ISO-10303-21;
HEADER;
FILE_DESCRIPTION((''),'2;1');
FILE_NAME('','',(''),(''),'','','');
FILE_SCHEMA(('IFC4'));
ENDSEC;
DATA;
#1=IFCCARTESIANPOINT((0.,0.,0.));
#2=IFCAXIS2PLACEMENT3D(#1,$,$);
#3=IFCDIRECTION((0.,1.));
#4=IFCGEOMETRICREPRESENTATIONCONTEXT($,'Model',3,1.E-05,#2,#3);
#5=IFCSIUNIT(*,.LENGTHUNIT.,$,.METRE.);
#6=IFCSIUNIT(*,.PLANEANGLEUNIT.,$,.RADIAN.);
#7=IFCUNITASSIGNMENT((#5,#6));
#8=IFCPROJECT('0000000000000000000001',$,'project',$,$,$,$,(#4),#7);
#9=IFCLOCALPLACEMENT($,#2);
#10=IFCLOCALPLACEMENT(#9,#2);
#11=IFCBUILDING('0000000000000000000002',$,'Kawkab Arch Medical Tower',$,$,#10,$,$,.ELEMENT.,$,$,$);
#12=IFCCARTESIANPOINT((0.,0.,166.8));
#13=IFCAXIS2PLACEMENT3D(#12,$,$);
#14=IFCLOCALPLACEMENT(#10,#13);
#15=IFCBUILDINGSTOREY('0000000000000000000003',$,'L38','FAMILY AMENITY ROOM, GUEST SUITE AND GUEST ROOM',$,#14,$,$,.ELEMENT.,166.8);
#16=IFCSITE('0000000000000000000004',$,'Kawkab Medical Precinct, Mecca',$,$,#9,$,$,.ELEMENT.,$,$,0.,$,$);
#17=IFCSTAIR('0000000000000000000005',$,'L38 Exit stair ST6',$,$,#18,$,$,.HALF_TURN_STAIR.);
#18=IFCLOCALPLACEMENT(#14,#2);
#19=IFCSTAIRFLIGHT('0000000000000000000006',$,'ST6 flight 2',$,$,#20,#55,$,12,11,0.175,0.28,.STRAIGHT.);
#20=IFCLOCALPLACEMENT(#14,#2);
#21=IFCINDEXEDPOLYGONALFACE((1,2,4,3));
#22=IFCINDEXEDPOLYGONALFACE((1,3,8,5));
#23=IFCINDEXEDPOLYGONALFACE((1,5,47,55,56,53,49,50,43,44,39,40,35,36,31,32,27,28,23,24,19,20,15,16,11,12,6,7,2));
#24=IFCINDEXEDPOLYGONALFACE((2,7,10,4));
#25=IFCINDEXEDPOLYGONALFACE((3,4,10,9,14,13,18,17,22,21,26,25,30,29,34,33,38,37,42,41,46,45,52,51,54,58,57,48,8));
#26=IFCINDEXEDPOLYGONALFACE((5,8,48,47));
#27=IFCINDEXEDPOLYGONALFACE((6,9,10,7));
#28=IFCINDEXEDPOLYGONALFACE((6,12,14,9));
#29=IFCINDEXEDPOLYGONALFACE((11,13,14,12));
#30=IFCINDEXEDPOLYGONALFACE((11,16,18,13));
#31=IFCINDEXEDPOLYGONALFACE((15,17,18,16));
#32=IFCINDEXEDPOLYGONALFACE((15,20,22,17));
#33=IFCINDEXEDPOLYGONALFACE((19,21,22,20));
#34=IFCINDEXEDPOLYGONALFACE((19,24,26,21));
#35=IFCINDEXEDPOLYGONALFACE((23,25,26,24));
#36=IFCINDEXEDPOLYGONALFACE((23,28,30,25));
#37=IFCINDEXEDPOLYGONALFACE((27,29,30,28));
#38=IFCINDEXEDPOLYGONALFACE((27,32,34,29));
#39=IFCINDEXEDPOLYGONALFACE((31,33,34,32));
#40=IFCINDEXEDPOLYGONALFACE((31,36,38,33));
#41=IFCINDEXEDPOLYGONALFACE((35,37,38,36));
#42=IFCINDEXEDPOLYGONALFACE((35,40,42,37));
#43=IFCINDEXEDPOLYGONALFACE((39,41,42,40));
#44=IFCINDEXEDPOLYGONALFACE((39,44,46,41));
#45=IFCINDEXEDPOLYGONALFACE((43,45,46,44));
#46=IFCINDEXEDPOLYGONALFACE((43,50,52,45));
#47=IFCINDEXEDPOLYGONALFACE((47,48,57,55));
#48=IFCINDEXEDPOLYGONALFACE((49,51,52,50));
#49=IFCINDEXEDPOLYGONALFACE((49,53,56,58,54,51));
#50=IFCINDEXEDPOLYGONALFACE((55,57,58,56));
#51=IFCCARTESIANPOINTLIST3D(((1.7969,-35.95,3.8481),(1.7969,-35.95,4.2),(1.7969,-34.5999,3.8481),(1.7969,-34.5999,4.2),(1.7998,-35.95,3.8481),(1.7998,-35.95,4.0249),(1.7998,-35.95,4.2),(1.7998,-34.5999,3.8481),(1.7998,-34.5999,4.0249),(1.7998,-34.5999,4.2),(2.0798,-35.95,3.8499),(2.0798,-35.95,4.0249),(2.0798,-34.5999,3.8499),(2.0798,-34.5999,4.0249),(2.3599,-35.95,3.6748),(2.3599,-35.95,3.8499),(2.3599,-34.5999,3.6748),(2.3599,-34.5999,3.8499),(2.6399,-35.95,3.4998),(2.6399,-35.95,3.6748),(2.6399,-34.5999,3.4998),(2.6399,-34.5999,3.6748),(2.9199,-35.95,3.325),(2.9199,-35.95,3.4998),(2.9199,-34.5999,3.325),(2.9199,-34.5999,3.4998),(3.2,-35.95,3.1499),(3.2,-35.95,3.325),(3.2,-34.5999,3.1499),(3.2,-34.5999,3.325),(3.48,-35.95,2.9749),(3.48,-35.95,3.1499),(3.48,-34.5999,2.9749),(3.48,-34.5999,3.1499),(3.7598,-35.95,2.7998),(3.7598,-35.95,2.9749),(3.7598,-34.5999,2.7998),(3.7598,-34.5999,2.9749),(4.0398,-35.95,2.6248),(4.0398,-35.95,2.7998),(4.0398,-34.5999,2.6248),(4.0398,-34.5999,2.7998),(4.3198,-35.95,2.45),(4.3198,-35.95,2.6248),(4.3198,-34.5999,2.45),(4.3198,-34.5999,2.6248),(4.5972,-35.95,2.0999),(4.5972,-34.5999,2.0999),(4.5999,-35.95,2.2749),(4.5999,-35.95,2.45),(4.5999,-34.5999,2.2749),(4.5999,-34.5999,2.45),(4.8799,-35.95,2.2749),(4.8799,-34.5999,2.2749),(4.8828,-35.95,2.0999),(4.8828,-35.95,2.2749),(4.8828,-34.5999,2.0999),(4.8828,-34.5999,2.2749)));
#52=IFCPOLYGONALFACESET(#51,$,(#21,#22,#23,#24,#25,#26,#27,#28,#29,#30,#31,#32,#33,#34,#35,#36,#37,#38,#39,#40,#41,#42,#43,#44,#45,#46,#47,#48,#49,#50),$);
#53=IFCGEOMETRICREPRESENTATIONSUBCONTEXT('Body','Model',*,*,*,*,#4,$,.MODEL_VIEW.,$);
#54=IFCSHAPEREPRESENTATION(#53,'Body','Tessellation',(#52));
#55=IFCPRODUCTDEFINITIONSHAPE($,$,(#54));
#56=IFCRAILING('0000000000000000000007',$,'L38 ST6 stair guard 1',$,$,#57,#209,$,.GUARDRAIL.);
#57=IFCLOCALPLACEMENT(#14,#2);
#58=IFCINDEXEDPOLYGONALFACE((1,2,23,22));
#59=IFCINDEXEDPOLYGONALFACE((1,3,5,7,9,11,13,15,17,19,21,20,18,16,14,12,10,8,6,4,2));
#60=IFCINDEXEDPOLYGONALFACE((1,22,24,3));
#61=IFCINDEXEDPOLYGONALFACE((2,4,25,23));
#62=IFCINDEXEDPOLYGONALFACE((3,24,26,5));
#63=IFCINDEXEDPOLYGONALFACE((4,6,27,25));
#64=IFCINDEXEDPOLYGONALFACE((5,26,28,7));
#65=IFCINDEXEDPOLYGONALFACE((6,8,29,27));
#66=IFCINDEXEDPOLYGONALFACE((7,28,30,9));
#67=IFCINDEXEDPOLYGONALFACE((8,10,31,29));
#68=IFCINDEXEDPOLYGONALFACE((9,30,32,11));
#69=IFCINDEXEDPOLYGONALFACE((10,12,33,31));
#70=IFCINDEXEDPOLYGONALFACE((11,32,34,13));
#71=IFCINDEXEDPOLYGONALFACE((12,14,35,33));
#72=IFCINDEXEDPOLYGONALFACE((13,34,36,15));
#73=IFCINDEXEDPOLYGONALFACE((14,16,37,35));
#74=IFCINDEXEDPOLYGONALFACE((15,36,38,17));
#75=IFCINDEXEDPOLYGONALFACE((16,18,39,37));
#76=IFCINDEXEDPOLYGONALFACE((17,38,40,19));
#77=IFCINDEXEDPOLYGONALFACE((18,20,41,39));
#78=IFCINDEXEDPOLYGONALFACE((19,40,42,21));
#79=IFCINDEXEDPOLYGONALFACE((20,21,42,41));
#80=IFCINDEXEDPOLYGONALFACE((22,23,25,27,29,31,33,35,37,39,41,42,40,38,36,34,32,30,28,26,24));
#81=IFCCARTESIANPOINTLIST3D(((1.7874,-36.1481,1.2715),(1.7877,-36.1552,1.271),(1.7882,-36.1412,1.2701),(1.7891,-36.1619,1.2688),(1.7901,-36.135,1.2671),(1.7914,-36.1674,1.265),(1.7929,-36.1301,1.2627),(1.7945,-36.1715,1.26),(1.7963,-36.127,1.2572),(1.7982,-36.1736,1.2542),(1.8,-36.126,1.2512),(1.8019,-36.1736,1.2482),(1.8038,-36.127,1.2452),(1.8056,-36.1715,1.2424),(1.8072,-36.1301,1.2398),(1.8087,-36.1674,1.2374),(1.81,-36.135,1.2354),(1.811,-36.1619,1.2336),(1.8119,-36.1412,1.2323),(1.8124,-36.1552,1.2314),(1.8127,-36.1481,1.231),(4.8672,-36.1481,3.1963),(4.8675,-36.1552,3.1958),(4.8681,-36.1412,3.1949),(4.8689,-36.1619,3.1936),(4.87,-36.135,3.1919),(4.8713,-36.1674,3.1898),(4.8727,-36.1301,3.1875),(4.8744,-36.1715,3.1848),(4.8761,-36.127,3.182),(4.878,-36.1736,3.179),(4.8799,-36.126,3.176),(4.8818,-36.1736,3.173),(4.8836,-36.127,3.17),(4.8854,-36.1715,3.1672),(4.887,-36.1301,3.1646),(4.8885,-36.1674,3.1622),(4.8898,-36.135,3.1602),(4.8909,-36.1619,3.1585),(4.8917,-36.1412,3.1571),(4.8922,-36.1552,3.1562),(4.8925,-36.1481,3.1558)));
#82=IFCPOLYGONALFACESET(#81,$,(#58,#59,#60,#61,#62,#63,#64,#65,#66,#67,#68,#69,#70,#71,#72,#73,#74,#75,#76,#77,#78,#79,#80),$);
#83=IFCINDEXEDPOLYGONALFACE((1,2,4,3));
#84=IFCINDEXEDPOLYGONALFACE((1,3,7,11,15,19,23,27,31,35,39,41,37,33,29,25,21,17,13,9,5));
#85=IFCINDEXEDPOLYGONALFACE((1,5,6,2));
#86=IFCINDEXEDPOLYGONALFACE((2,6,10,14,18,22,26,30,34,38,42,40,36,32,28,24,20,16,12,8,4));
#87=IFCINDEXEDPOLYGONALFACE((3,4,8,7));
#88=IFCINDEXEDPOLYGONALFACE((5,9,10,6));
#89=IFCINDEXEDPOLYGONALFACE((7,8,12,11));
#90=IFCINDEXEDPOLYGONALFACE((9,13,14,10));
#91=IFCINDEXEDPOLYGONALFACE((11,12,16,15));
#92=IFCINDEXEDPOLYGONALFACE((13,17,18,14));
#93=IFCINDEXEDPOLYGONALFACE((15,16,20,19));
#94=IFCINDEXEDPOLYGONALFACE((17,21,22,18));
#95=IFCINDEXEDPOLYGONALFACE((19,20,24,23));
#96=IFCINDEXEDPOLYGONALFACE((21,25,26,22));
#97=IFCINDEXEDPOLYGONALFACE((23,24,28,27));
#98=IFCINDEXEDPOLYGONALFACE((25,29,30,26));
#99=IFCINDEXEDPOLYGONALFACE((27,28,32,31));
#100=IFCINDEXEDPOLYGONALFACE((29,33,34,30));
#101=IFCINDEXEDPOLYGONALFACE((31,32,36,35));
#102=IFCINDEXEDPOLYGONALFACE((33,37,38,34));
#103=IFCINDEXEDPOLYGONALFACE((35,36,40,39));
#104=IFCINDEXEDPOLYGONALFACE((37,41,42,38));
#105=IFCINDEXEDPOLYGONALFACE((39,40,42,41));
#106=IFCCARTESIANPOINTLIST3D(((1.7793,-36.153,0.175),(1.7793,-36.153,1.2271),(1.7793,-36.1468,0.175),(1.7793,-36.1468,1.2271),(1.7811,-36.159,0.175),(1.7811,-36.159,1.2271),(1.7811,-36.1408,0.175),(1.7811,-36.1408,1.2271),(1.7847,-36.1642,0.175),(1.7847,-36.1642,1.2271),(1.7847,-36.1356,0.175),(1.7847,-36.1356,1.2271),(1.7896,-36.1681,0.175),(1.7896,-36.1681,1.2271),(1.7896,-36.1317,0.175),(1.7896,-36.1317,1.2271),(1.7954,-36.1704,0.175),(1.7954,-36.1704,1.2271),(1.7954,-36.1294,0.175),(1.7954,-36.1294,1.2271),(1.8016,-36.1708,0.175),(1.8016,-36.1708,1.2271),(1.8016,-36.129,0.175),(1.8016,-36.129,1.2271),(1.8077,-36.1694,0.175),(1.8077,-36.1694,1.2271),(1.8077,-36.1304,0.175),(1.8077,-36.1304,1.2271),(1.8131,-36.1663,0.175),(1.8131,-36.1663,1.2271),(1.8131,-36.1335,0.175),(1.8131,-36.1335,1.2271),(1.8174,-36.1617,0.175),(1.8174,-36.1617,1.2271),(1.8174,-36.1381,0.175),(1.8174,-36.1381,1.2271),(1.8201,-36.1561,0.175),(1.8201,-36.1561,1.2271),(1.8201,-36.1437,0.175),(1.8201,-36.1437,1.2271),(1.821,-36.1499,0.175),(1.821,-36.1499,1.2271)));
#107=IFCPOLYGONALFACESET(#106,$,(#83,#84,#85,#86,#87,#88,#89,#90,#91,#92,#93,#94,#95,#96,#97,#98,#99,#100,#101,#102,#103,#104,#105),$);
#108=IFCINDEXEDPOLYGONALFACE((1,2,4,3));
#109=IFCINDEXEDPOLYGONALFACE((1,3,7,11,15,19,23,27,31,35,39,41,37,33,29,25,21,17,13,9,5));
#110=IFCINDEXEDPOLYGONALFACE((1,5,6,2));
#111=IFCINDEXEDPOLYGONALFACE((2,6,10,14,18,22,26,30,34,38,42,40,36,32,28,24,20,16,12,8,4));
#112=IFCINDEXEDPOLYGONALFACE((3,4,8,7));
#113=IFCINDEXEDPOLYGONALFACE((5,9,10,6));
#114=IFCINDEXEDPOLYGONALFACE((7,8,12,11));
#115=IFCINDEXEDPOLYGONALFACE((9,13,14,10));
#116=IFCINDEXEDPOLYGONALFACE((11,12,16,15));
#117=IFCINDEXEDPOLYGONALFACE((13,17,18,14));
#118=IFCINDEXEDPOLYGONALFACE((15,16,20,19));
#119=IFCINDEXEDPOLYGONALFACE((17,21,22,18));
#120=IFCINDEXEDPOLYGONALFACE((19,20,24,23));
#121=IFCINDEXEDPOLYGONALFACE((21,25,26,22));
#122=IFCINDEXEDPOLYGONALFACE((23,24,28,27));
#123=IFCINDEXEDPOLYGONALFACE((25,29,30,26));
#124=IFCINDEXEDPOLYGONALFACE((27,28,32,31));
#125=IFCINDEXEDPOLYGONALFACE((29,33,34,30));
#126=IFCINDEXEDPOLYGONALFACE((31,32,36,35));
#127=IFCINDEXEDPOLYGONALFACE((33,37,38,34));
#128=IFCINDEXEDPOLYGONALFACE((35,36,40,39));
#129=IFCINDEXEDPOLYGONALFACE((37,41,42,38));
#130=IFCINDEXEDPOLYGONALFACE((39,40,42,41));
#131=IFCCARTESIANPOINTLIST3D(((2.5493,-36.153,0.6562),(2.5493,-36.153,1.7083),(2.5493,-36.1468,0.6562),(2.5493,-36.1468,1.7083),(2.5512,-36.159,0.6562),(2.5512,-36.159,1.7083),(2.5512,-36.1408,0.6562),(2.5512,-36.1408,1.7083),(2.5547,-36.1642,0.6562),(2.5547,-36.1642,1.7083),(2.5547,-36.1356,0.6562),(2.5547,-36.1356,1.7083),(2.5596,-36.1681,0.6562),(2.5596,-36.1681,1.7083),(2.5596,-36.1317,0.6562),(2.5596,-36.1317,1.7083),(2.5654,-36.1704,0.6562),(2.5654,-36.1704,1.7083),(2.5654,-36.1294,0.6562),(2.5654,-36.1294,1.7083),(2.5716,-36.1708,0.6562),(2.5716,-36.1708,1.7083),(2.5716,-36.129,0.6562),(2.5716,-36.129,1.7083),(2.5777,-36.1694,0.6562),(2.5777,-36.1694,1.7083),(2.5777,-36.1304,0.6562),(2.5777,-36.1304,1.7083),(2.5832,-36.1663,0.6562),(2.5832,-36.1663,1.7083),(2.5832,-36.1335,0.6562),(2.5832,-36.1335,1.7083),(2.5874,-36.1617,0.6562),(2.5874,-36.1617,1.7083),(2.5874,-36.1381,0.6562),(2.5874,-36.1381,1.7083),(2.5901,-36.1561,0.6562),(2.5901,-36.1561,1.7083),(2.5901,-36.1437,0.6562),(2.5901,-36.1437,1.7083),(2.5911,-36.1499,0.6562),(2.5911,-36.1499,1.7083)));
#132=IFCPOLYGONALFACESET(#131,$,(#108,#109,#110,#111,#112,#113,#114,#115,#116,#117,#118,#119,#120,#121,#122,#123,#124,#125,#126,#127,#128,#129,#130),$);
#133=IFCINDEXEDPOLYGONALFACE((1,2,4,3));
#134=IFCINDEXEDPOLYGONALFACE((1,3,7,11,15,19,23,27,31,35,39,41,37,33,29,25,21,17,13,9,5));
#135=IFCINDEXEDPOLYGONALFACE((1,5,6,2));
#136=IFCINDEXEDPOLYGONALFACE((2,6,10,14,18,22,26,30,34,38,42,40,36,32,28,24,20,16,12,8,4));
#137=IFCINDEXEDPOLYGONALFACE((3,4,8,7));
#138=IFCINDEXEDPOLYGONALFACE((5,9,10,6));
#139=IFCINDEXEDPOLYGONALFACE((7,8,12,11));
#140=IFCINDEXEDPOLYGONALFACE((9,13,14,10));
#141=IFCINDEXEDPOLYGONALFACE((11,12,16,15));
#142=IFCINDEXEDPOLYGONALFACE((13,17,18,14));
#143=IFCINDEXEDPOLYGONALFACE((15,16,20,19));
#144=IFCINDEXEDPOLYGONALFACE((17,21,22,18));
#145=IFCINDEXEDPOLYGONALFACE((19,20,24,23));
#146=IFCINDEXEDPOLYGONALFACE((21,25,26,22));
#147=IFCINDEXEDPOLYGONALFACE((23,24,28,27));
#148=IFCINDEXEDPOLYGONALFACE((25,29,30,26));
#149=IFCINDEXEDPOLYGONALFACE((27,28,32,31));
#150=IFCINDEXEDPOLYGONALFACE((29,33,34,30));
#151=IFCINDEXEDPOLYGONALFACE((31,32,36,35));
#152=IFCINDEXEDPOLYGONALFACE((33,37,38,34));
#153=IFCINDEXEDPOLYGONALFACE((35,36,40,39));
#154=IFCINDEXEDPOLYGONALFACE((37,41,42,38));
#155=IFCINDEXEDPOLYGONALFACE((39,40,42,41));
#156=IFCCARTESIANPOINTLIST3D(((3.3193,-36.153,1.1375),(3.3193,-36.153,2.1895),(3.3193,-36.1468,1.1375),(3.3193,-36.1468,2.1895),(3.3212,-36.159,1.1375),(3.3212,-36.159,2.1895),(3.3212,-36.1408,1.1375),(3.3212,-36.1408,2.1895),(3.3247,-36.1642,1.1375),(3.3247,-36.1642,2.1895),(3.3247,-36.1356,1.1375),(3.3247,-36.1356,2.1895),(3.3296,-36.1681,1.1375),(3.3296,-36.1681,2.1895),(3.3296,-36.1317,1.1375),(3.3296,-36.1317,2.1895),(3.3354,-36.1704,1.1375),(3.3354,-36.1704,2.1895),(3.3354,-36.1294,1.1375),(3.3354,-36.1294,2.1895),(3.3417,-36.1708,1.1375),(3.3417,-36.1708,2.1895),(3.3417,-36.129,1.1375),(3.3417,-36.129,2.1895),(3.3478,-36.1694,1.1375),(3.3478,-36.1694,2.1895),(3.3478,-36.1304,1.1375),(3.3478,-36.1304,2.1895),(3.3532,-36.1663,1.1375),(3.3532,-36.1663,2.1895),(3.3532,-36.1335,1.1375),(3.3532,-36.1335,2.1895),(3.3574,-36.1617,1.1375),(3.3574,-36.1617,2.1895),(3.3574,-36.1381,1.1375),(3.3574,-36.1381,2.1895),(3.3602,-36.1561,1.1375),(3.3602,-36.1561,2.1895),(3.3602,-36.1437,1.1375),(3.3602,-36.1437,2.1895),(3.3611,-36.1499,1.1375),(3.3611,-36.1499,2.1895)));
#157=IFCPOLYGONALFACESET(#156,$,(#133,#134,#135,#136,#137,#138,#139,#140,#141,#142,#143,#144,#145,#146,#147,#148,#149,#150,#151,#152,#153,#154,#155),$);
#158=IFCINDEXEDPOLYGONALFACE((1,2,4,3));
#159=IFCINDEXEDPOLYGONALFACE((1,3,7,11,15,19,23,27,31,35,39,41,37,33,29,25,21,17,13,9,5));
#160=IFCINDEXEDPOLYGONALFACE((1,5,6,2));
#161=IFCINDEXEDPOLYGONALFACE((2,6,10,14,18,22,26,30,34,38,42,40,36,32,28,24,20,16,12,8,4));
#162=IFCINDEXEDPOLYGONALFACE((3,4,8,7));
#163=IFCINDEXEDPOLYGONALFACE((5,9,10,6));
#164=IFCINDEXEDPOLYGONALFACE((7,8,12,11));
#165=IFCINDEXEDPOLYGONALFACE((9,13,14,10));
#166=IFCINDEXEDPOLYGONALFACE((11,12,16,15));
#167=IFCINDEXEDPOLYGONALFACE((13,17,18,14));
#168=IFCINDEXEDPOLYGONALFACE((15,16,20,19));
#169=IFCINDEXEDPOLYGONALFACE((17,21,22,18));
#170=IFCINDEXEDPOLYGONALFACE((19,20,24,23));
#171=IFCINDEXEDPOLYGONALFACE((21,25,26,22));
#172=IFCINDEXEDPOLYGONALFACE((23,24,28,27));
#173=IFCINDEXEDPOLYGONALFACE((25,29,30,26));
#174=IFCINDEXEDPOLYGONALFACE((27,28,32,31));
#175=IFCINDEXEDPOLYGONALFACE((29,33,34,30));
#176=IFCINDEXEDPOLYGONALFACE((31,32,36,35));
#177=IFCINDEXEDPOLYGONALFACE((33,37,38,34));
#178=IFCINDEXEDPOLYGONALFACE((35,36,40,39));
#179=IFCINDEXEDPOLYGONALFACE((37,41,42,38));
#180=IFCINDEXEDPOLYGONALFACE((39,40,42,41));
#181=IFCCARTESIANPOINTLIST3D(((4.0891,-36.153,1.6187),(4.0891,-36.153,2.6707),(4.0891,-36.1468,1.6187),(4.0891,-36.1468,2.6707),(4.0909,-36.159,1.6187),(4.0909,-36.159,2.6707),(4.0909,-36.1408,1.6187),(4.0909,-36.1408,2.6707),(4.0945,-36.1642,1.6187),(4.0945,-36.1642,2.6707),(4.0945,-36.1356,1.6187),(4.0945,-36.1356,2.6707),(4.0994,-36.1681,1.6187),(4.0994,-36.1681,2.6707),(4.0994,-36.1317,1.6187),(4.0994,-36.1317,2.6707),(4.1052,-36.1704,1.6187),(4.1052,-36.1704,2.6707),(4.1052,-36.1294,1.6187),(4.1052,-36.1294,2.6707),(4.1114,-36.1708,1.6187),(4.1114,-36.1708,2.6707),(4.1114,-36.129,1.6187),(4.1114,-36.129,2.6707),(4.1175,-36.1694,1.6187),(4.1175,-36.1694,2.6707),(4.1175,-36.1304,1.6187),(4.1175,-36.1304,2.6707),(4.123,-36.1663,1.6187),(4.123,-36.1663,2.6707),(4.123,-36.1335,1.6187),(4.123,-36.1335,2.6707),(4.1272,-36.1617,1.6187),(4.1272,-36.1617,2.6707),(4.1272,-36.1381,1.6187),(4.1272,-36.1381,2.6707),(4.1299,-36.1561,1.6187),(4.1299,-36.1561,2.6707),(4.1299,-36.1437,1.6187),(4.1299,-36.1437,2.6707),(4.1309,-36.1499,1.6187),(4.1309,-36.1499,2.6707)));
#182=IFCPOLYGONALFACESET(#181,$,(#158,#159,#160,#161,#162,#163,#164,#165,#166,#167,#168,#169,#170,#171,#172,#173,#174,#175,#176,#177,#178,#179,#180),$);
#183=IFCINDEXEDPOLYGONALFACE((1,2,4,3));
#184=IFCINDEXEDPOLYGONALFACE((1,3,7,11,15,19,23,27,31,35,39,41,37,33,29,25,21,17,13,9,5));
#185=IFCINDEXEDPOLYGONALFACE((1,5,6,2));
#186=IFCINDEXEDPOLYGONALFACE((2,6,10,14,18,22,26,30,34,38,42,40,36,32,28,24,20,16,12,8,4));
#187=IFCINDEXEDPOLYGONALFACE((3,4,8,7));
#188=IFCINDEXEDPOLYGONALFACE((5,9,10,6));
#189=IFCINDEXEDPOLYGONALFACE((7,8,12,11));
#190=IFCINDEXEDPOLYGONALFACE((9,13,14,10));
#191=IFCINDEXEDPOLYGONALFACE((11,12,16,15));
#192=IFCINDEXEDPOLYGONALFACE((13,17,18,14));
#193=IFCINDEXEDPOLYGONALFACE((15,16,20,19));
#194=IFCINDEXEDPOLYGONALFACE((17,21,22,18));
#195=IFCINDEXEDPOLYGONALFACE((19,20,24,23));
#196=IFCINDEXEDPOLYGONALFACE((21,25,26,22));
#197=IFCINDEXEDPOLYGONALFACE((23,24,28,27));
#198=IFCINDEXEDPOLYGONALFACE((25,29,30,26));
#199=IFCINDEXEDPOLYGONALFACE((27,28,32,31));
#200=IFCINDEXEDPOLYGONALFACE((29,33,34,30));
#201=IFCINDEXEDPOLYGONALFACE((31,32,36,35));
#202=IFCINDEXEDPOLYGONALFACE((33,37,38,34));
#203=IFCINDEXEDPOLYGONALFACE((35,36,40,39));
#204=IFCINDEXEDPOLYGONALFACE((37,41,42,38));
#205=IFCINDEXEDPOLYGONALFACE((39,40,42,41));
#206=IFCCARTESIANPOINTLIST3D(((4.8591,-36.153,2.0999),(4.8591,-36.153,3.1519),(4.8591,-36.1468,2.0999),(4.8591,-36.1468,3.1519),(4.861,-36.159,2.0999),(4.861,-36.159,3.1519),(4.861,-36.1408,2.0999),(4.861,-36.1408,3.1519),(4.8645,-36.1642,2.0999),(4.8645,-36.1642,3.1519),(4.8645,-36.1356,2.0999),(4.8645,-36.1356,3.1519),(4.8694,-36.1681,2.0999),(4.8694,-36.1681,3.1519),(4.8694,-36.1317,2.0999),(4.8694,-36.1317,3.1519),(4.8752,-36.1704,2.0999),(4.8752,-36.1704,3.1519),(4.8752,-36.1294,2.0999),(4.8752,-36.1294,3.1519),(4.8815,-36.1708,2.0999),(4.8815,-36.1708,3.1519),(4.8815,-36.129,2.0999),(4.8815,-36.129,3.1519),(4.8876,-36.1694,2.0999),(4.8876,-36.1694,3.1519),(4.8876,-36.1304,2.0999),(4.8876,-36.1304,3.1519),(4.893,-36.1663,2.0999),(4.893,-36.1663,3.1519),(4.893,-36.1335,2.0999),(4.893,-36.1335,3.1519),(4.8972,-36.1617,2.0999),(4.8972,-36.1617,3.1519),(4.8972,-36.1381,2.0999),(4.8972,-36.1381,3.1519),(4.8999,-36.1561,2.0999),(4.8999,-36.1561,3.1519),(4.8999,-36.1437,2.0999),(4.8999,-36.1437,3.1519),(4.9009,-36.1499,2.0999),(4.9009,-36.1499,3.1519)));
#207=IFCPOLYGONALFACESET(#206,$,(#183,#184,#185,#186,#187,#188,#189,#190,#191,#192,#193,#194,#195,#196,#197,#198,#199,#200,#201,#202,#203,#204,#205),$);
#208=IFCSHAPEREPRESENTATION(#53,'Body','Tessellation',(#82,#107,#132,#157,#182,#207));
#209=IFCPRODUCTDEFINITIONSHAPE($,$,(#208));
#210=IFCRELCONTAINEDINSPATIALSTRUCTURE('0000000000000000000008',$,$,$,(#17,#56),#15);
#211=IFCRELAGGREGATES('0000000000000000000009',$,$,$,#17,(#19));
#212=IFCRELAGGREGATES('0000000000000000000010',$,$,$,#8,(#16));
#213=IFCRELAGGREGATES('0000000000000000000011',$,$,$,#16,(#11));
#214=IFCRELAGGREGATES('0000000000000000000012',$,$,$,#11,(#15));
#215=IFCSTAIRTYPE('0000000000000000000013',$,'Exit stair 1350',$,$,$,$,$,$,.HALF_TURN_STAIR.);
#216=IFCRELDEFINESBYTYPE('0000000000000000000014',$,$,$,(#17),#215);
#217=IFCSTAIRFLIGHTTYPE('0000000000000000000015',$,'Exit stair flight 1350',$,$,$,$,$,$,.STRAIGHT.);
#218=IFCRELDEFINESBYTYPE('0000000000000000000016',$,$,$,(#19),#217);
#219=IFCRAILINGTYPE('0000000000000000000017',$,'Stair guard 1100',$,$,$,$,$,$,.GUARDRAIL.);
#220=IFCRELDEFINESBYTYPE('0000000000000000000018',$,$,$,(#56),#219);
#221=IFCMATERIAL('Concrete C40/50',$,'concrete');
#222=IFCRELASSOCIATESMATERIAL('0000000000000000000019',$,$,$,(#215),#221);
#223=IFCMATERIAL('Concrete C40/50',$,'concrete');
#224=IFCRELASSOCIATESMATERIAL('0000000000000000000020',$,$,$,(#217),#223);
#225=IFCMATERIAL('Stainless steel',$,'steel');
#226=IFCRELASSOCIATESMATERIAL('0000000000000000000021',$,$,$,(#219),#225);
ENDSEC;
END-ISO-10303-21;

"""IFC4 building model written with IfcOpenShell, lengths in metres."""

from ifc_helpers import new_model, si_unit, direction, frame, origin, origin_2d, place, context, subcontext, project, spatial, polyline, circle, outline, extrude, material, type_object, element, aggregate, save


model = new_model("IFC4")

# Units and contexts
model_context = context("Model", 3, precision=1e-05, world=origin(), true_north=direction((0.0, 1.0)))
body_context = subcontext(model_context, "Body", "Model", "MODEL_VIEW")
ifc_project = project(units=[si_unit("LENGTHUNIT", "METRE"), si_unit("PLANEANGLEUNIT", "RADIAN")], contexts=[model_context])

# Site, building, storey
site_placement = place(None, origin())
site = spatial("IfcSite", under=ifc_project, at=site_placement, Name="Kawkab Medical Precinct, Mecca", CompositionType="ELEMENT", RefElevation=0.0)
building_placement = place(site_placement, origin())
building = spatial("IfcBuilding", under=site, at=building_placement, Name="Kawkab Arch Medical Tower", CompositionType="ELEMENT")
storey_placement = place(building_placement, frame((0.0, 0.0, 166.8)))
storey = spatial("IfcBuildingStorey", under=building, at=storey_placement, Name="L38", Description="FAMILY AMENITY ROOM, GUEST SUITE AND GUEST ROOM", CompositionType="ELEMENT", Elevation=166.8)

# Stair, stair flight
ifc_material_1 = material(Name="Concrete C40/50", Category="concrete")
stair_type = type_object("IfcStairType", Name="Exit stair 1350", PredefinedType="HALF_TURN_STAIR", material=ifc_material_1)
stair_placement = place(storey_placement, origin())
stair = element("IfcStair", 1, at=stair_placement, inside=storey, type_object=stair_type, Name="L38 Exit stair ST6", PredefinedType="HALF_TURN_STAIR")
ifc_material_2 = material(Name="Concrete C40/50", Category="concrete")
stair_flight_type = type_object("IfcStairFlightType", Name="Exit stair flight 1350", PredefinedType="STRAIGHT", material=ifc_material_2)
stair_flight_1_placement = place(storey_placement, frame((4.8799, -35.2749, 2.0999), z_axis=(0.0, 0.0, 1.0), x_axis=(-1.0, 0.0, 0.0)))
stair_flight_1 = element("IfcStairFlight", 2, at=stair_flight_1_placement, type_object=stair_flight_type, Name="ST6 flight 2", NumberOfRisers=12, NumberOfTreads=11, PredefinedType="STRAIGHT", RiserHeight=0.175, TreadLength=0.28, context=body_context, shape_type="SweptSolid", body=[
    extrude(outline(polyline([(-0.0029, 0.0), (-0.0029, 0.175), (0.0, 0.175), (0.28, 0.175), (0.28, 0.3501), (0.5601, 0.3501), (0.5601, 0.5249), (0.8401, 0.5249), (0.8401, 0.7), (1.1201, 0.7), (1.1201, 0.875), (1.3999, 0.875), (1.3999, 1.05), (1.6799, 1.05), (1.6799, 1.2251), (1.96, 1.2251), (1.96, 1.3999), (2.24, 1.3999), (2.24, 1.575), (2.52, 1.575), (2.52, 1.75), (2.8, 1.75), (2.8, 1.925), (3.0801, 1.925), (3.0801, 2.1001), (3.083, 2.1001), (3.083, 1.7483), (3.0801, 1.7483), (0.2827, 0.0), (-0.0029, 0.0)])), frame((0.0, 0.675, 0.0), z_axis=(0.0, -1.0, 0.0), x_axis=(1.0, 0.0, 0.0)), (0.0, 0.0, 1.0), 1.3501),
])
aggregate(stair, [stair_flight_1])

# Railing
ifc_material_3 = material(Name="Stainless steel", Category="steel")
railing_type = type_object("IfcRailingType", Name="Stair guard 1100", PredefinedType="GUARDRAIL", material=ifc_material_3)
railing_1_placement = place(storey_placement, frame((1.8, -36.1499, 0.175)))
element("IfcRailing", 3, at=railing_1_placement, inside=storey, type_object=railing_type, Name="L38 ST6 stair guard 1", PredefinedType="GUARDRAIL", context=body_context, shape_type="SweptSolid", body=[
    extrude(circle(Radius=0.0239, at=origin_2d()), frame((0.0, 0.0, 1.0762), z_axis=(0.84801, 0.0, 0.529981), x_axis=(0.0, 1.0, 0.0)), (0.0, 0.0, 1.0), 3.6318),
    extrude(circle(Radius=0.021, at=origin_2d()), origin(), (0.0, 0.0, 1.0), 1.052),
    extrude(circle(Radius=0.021, at=origin_2d()), frame((0.77, 0.0, 0.4812)), (0.0, 0.0, 1.0), 1.052),
    extrude(circle(Radius=0.021, at=origin_2d()), frame((1.54, 0.0, 0.9624)), (0.0, 0.0, 1.0), 1.052),
    extrude(circle(Radius=0.021, at=origin_2d()), frame((2.3098, 0.0, 1.4436)), (0.0, 0.0, 1.0), 1.052),
    extrude(circle(Radius=0.021, at=origin_2d()), frame((3.0798, 0.0, 1.9248)), (0.0, 0.0, 1.0), 1.052),
])

save(model, "model.ifc")
